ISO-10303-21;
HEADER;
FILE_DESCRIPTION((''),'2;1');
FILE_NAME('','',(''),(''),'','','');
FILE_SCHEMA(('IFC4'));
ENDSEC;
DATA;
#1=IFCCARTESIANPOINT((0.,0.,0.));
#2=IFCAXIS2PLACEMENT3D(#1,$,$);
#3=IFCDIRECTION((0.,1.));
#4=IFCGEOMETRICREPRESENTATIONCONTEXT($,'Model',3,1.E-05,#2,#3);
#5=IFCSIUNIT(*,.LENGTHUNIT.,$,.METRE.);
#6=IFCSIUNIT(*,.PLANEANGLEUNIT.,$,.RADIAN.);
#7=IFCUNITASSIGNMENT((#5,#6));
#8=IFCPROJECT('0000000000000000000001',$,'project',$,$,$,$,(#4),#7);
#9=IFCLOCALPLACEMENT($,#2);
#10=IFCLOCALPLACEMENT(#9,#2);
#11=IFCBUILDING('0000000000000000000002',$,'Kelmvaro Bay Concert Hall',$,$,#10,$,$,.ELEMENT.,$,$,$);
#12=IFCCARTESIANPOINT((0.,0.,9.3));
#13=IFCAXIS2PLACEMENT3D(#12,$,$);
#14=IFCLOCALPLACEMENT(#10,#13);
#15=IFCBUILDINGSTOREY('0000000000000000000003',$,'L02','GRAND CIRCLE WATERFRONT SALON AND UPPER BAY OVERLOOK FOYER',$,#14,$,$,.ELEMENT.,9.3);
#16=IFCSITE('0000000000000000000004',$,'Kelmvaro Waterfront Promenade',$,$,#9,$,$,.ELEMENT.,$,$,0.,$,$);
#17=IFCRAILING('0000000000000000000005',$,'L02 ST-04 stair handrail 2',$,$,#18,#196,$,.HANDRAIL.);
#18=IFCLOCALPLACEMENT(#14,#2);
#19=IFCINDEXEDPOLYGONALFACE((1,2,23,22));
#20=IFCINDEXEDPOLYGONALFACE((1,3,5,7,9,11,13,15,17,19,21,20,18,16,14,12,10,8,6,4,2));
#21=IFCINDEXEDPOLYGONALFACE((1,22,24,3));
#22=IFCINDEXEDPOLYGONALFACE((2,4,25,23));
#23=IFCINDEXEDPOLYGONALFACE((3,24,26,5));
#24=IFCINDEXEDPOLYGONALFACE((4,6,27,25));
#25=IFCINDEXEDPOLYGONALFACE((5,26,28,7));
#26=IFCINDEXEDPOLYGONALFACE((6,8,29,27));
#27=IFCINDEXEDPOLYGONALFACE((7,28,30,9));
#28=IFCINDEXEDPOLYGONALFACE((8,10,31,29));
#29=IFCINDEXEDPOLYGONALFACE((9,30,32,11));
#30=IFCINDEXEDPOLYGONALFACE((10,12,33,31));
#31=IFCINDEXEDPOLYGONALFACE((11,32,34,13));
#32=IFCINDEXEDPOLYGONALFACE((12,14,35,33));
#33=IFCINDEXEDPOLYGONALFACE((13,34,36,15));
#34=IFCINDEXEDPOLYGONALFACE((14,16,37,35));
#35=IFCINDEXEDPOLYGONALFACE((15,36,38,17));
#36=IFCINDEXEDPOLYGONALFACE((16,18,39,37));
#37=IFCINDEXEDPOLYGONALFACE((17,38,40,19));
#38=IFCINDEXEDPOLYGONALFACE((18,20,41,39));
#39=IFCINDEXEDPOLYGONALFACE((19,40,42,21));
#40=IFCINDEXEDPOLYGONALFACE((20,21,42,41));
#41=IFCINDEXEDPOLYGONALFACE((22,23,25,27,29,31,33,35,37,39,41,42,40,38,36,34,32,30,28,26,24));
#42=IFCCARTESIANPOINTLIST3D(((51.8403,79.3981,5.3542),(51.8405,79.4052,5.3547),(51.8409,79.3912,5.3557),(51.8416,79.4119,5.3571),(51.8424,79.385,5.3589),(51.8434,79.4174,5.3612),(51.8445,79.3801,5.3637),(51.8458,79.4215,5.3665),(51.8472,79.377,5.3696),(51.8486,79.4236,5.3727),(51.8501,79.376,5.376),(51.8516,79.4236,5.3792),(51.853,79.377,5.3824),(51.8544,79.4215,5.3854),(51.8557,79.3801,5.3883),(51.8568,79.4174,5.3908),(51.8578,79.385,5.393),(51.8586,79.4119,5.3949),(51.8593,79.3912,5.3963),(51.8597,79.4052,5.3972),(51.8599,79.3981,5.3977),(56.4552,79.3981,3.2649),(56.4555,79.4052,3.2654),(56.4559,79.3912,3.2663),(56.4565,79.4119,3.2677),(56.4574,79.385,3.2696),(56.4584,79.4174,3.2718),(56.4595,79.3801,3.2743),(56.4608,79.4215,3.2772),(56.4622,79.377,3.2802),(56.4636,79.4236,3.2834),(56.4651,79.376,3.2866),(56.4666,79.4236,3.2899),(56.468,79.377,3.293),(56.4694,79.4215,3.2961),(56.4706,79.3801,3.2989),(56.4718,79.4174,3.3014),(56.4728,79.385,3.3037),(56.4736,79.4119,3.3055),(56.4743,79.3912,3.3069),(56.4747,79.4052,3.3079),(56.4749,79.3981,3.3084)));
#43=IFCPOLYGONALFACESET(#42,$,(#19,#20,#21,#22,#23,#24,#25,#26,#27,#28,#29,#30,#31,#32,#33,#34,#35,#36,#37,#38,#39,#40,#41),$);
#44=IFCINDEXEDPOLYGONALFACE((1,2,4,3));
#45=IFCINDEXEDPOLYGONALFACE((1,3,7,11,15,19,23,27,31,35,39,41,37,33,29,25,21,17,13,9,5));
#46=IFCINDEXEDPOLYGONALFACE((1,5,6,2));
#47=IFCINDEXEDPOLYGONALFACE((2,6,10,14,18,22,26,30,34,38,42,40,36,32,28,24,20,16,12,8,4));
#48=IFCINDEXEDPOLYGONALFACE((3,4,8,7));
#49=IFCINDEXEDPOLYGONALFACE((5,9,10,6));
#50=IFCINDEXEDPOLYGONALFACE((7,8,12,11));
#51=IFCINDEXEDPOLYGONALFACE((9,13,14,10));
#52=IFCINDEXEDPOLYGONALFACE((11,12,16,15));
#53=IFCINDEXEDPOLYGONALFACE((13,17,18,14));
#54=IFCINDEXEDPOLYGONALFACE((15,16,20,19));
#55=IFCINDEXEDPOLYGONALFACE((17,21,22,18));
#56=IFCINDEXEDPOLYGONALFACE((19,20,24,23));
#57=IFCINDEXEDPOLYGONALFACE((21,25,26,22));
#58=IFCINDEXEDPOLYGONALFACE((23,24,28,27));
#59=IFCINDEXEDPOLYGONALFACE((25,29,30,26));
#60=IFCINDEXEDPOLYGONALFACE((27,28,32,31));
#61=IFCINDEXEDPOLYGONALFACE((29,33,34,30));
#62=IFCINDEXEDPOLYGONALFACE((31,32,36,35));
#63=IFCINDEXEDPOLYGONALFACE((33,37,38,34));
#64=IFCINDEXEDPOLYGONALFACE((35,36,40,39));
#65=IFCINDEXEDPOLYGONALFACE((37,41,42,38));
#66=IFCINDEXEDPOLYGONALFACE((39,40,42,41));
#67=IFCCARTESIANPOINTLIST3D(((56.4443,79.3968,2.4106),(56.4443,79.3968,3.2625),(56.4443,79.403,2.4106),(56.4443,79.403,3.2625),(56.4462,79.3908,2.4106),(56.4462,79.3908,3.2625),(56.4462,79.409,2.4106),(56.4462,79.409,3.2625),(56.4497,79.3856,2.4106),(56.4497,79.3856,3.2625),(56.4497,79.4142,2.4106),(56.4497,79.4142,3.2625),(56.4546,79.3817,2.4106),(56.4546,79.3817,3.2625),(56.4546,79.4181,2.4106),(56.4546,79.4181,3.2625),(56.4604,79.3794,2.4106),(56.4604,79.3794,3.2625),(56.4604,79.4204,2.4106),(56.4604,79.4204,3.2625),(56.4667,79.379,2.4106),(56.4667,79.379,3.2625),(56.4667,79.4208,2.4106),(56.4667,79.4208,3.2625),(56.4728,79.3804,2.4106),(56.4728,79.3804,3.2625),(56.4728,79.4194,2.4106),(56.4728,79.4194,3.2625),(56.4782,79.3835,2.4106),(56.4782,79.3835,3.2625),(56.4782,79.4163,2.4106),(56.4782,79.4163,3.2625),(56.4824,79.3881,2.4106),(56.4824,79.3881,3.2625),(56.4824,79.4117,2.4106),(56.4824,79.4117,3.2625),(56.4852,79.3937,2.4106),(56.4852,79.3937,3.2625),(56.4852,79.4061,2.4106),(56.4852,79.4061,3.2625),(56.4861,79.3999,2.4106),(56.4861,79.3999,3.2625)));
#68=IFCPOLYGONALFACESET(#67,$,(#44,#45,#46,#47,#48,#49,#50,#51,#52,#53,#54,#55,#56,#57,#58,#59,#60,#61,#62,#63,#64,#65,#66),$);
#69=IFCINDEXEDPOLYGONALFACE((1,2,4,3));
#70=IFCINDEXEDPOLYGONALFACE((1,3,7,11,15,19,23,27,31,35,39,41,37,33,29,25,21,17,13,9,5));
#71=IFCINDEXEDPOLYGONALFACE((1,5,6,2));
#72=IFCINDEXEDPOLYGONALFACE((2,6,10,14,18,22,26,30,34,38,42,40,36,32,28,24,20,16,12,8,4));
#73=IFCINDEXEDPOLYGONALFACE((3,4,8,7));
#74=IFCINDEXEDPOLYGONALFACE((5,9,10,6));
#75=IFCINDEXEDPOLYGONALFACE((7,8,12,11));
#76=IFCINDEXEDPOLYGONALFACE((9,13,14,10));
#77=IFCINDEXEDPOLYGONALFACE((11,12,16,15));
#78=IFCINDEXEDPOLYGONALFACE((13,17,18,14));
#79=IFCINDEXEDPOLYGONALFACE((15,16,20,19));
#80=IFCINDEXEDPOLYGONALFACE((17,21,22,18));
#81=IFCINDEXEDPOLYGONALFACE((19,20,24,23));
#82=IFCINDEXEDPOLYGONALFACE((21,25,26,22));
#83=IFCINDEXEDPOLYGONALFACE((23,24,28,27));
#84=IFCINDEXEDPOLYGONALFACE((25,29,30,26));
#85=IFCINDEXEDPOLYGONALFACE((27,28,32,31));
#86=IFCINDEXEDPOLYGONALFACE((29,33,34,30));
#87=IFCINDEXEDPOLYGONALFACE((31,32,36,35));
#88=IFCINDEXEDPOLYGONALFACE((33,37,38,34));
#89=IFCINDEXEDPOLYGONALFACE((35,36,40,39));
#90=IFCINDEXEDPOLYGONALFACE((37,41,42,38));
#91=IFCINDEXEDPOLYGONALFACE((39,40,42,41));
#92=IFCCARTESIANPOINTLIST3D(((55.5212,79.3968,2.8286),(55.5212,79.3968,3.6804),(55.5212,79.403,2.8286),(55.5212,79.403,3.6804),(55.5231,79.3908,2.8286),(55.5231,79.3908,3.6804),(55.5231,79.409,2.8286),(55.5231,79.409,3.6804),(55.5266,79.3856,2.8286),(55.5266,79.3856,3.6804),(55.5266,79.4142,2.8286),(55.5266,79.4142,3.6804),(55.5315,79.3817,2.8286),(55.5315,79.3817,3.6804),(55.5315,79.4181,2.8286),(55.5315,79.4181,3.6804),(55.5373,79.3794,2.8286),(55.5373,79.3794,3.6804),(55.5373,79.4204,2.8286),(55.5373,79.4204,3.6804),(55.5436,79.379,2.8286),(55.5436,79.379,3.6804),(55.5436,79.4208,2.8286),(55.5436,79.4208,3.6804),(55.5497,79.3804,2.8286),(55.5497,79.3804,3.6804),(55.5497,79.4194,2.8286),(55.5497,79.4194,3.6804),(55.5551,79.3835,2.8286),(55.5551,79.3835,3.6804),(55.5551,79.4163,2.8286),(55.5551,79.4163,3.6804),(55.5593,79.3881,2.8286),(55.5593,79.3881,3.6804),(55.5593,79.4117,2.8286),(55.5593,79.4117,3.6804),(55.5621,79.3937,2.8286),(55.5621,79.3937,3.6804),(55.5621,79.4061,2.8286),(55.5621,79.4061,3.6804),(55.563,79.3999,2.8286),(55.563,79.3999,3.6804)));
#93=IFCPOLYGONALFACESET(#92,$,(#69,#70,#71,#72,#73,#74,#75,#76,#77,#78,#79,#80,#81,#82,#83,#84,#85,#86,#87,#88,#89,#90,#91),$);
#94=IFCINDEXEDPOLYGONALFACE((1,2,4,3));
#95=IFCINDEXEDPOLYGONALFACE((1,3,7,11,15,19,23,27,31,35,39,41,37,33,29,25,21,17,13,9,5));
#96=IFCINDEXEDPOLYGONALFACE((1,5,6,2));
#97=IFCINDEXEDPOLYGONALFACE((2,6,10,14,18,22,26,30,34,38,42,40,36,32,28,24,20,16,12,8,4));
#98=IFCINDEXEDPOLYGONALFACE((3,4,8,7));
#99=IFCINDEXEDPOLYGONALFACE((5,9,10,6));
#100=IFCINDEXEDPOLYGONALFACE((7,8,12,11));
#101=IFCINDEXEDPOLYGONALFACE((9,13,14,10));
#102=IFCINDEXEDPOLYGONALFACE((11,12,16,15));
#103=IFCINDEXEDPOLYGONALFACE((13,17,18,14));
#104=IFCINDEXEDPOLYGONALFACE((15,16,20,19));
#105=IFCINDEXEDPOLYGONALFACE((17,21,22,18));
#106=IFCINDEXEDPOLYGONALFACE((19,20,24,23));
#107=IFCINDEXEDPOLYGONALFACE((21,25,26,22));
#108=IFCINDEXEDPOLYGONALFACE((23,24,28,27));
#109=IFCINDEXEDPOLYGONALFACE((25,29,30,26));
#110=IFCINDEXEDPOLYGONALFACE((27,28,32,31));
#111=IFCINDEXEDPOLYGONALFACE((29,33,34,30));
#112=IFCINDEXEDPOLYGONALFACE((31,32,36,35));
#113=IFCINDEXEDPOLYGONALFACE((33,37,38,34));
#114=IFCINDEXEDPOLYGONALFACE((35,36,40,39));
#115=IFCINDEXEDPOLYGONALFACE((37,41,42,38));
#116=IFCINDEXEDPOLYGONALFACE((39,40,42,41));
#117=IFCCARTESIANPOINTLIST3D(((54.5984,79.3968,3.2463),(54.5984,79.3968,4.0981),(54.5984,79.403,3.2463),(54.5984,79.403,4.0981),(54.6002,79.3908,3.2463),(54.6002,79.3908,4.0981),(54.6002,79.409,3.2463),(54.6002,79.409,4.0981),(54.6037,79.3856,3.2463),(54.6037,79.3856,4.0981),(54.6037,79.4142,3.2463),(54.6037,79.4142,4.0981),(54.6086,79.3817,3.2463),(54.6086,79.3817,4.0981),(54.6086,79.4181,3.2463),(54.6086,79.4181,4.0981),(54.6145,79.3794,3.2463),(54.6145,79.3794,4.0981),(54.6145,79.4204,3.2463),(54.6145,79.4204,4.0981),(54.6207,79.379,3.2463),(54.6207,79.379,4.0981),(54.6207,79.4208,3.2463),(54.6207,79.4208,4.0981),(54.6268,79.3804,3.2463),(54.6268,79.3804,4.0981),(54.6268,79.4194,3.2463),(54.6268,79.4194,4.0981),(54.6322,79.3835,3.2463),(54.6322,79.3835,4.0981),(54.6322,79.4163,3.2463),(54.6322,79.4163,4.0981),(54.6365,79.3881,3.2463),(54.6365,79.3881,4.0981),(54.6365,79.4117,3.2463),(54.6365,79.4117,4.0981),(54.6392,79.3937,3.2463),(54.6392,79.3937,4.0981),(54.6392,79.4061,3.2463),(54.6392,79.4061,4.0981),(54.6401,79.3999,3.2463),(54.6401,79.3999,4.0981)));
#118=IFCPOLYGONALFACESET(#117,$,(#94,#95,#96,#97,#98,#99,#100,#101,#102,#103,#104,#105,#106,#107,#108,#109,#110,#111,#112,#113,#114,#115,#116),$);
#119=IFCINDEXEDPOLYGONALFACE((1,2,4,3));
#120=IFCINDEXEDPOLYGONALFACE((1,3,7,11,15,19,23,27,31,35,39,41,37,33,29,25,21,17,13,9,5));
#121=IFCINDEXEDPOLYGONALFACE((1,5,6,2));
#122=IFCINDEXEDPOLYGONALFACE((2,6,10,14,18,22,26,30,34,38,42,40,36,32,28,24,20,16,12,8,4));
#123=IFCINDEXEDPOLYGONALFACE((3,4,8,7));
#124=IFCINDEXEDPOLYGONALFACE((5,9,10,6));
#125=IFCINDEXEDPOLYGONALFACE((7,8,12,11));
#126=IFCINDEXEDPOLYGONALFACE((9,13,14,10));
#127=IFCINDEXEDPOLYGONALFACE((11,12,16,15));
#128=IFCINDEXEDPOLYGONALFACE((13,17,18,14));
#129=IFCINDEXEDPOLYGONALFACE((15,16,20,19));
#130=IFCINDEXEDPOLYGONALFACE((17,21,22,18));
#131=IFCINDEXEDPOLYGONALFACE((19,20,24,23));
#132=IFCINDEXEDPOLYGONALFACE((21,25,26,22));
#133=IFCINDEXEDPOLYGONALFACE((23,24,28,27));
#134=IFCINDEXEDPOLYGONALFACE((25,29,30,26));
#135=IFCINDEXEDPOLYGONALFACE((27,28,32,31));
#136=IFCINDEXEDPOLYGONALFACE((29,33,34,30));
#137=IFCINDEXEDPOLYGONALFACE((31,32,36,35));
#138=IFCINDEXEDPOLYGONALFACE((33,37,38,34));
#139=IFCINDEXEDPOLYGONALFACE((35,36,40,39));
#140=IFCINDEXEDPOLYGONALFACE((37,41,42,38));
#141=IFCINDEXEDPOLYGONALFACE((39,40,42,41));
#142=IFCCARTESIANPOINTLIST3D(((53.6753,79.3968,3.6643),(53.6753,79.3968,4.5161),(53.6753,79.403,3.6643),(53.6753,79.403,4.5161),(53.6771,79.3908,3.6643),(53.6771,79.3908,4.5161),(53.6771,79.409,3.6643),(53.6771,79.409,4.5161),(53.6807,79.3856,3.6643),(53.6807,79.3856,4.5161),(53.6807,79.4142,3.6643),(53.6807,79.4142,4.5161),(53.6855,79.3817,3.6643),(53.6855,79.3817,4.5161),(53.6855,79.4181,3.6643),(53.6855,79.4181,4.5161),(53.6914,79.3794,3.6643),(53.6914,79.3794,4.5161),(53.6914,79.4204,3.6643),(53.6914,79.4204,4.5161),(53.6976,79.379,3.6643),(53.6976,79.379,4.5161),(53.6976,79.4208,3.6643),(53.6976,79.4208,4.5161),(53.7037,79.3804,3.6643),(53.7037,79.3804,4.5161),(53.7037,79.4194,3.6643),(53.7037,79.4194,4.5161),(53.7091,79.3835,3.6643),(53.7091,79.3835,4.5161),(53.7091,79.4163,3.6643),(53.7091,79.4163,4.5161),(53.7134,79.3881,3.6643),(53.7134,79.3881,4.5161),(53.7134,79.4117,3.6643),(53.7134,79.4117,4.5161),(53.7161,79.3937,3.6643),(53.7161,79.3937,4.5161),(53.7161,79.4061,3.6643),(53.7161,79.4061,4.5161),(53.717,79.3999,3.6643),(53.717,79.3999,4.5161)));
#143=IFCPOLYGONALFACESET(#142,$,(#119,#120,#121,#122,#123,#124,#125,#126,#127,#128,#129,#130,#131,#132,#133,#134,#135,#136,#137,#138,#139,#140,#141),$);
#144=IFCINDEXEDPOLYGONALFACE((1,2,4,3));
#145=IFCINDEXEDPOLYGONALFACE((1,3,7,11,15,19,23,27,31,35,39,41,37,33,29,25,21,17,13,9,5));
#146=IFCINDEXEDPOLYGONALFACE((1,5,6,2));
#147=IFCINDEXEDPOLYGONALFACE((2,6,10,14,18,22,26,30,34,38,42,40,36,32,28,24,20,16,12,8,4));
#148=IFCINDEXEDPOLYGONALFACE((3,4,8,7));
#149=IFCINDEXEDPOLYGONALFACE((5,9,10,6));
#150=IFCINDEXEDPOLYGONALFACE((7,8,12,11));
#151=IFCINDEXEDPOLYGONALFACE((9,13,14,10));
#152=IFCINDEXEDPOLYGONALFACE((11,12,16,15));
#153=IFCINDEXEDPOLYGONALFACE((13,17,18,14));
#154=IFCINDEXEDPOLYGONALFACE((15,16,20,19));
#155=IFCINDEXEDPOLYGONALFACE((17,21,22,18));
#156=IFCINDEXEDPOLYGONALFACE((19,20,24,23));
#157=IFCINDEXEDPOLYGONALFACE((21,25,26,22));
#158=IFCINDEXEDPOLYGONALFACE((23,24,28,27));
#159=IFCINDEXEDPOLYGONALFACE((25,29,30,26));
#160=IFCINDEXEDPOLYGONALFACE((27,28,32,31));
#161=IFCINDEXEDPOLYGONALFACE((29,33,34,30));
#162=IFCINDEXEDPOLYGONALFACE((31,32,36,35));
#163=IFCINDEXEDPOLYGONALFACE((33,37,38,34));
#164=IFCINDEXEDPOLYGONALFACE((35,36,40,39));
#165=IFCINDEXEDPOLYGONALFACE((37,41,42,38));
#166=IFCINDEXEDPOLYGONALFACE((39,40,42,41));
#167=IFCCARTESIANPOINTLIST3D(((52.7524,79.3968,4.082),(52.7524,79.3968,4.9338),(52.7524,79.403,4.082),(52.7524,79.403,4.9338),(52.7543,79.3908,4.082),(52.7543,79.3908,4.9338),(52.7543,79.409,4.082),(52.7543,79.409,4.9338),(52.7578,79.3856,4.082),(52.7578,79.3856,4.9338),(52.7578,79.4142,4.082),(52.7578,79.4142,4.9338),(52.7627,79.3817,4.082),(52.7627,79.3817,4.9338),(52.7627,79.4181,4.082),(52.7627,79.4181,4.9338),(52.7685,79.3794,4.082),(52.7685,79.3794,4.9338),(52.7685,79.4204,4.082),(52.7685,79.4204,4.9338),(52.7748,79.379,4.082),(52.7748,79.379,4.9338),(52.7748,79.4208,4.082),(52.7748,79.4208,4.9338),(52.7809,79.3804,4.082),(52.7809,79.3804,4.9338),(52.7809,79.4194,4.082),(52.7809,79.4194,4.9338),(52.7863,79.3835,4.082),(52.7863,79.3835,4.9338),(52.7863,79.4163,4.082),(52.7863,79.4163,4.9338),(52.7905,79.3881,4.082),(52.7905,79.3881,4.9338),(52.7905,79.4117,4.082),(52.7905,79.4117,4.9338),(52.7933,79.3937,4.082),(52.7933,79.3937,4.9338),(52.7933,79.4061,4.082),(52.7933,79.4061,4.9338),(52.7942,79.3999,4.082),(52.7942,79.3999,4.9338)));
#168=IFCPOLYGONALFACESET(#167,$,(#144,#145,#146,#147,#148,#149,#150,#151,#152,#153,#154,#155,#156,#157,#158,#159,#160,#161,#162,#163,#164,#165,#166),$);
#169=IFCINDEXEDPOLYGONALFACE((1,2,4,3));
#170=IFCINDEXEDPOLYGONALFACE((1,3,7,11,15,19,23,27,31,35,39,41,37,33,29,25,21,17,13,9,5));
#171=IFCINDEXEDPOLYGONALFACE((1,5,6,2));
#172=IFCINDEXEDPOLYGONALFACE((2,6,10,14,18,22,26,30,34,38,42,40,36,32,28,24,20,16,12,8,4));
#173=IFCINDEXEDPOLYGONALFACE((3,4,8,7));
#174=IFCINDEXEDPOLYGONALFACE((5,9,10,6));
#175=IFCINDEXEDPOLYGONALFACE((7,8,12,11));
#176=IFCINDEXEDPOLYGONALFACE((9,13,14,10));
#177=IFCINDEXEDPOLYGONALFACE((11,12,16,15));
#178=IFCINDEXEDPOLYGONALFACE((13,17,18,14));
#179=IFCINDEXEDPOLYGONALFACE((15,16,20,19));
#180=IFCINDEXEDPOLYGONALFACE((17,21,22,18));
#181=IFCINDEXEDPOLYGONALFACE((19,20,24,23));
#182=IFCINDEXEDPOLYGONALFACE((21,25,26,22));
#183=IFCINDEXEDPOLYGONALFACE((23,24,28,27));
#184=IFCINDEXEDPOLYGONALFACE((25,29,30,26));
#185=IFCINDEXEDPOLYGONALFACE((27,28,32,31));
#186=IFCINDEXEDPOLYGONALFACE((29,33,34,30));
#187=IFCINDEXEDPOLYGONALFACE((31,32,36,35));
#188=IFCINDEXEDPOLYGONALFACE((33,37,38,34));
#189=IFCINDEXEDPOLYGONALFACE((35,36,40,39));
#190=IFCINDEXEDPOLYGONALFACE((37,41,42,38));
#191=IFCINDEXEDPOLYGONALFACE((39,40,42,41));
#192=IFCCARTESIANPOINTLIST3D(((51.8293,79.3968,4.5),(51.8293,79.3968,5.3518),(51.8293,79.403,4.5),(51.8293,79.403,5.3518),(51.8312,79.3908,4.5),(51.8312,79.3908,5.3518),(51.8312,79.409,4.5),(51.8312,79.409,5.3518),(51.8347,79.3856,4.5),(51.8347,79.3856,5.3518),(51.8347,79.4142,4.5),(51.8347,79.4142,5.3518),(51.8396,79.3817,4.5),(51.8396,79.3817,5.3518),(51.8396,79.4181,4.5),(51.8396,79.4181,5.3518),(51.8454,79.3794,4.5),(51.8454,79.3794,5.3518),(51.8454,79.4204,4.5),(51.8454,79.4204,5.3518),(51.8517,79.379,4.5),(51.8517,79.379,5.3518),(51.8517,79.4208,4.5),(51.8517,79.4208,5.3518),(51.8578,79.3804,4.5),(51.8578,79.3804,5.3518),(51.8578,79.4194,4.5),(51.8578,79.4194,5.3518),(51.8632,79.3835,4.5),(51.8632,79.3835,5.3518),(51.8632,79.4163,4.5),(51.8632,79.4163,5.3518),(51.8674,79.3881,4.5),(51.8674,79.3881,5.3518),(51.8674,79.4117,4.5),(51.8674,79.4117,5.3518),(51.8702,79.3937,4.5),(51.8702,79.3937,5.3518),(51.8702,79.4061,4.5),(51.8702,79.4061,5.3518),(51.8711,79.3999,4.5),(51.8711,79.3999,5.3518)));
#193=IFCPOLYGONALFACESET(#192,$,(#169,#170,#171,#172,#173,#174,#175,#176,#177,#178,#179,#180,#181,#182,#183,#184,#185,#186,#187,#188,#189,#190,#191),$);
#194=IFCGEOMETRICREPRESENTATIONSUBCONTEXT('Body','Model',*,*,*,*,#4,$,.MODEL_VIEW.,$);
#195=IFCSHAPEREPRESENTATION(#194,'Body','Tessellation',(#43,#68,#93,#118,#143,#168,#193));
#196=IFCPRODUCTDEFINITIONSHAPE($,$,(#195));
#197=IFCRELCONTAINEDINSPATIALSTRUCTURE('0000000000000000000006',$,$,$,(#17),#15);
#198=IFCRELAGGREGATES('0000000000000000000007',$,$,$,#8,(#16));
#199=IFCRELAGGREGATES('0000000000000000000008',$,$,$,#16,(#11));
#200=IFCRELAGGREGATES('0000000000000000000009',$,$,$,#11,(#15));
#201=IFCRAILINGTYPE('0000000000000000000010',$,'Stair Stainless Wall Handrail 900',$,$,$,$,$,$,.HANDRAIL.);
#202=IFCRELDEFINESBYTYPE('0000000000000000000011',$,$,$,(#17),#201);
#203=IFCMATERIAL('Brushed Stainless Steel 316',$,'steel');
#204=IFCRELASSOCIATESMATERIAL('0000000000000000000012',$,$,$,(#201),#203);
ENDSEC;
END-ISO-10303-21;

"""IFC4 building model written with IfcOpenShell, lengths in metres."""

from ifc_helpers import new_model, si_unit, direction, frame, origin, origin_2d, place, context, subcontext, project, spatial, circle, extrude, material, type_object, element, save


model = new_model("IFC4")

# Units and contexts
model_context = context("Model", 3, precision=1e-05, world=origin(), true_north=direction((0.0, 1.0)))
body_context = subcontext(model_context, "Body", "Model", "MODEL_VIEW")
ifc_project = project(units=[si_unit("LENGTHUNIT", "METRE"), si_unit("PLANEANGLEUNIT", "RADIAN")], contexts=[model_context])

# Site, building, storey
site_placement = place(None, origin())
site = spatial("IfcSite", under=ifc_project, at=site_placement, Name="Kelmvaro Waterfront Promenade", CompositionType="ELEMENT", RefElevation=0.0)
building_placement = place(site_placement, origin())
building = spatial("IfcBuilding", under=site, at=building_placement, Name="Kelmvaro Bay Concert Hall", CompositionType="ELEMENT")
storey_placement = place(building_placement, frame((0.0, 0.0, 9.3)))
storey = spatial("IfcBuildingStorey", under=building, at=storey_placement, Name="L02", Description="GRAND CIRCLE WATERFRONT SALON AND UPPER BAY OVERLOOK FOYER", CompositionType="ELEMENT", Elevation=9.3)

# Railing
ifc_material_1 = material(Name="Brushed Stainless Steel 316", Category="steel")
railing_type_1 = type_object("IfcRailingType", Name="Stair Stainless Wall Handrail 900", PredefinedType="HANDRAIL", material=ifc_material_1)
railing_1_placement = place(storey_placement, frame((56.4651, 79.3999, 2.4106)))
element("IfcRailing", 1, at=railing_1_placement, inside=storey, type_object=railing_type_1, Name="L02 ST-04 stair handrail 2", PredefinedType="HANDRAIL", context=body_context, shape_type="SweptSolid", body=[
    extrude(circle(Radius=0.0239, at=origin_2d()), frame((0.0, 0.0, 0.876), z_axis=(-0.910988, 0.0, 0.412434), x_axis=(0.0, -1.0, 0.0)), (0.0, 0.0, 1.0), 5.0659),
    extrude(circle(Radius=0.021, at=origin_2d()), origin(), (0.0, 0.0, 1.0), 0.8518),
    extrude(circle(Radius=0.021, at=origin_2d()), frame((-0.9231, 0.0, 0.418)), (0.0, 0.0, 1.0), 0.8518),
    extrude(circle(Radius=0.021, at=origin_2d()), frame((-1.8459, 0.0, 0.8357)), (0.0, 0.0, 1.0), 0.8518),
    extrude(circle(Radius=0.021, at=origin_2d()), frame((-2.769, 0.0, 1.2537)), (0.0, 0.0, 1.0), 0.8518),
    extrude(circle(Radius=0.021, at=origin_2d()), frame((-3.6919, 0.0, 1.6714)), (0.0, 0.0, 1.0), 0.8518),
    extrude(circle(Radius=0.021, at=origin_2d()), frame((-4.615, 0.0, 2.0894)), (0.0, 0.0, 1.0), 0.8518),
])

save(model, "model.ifc")
